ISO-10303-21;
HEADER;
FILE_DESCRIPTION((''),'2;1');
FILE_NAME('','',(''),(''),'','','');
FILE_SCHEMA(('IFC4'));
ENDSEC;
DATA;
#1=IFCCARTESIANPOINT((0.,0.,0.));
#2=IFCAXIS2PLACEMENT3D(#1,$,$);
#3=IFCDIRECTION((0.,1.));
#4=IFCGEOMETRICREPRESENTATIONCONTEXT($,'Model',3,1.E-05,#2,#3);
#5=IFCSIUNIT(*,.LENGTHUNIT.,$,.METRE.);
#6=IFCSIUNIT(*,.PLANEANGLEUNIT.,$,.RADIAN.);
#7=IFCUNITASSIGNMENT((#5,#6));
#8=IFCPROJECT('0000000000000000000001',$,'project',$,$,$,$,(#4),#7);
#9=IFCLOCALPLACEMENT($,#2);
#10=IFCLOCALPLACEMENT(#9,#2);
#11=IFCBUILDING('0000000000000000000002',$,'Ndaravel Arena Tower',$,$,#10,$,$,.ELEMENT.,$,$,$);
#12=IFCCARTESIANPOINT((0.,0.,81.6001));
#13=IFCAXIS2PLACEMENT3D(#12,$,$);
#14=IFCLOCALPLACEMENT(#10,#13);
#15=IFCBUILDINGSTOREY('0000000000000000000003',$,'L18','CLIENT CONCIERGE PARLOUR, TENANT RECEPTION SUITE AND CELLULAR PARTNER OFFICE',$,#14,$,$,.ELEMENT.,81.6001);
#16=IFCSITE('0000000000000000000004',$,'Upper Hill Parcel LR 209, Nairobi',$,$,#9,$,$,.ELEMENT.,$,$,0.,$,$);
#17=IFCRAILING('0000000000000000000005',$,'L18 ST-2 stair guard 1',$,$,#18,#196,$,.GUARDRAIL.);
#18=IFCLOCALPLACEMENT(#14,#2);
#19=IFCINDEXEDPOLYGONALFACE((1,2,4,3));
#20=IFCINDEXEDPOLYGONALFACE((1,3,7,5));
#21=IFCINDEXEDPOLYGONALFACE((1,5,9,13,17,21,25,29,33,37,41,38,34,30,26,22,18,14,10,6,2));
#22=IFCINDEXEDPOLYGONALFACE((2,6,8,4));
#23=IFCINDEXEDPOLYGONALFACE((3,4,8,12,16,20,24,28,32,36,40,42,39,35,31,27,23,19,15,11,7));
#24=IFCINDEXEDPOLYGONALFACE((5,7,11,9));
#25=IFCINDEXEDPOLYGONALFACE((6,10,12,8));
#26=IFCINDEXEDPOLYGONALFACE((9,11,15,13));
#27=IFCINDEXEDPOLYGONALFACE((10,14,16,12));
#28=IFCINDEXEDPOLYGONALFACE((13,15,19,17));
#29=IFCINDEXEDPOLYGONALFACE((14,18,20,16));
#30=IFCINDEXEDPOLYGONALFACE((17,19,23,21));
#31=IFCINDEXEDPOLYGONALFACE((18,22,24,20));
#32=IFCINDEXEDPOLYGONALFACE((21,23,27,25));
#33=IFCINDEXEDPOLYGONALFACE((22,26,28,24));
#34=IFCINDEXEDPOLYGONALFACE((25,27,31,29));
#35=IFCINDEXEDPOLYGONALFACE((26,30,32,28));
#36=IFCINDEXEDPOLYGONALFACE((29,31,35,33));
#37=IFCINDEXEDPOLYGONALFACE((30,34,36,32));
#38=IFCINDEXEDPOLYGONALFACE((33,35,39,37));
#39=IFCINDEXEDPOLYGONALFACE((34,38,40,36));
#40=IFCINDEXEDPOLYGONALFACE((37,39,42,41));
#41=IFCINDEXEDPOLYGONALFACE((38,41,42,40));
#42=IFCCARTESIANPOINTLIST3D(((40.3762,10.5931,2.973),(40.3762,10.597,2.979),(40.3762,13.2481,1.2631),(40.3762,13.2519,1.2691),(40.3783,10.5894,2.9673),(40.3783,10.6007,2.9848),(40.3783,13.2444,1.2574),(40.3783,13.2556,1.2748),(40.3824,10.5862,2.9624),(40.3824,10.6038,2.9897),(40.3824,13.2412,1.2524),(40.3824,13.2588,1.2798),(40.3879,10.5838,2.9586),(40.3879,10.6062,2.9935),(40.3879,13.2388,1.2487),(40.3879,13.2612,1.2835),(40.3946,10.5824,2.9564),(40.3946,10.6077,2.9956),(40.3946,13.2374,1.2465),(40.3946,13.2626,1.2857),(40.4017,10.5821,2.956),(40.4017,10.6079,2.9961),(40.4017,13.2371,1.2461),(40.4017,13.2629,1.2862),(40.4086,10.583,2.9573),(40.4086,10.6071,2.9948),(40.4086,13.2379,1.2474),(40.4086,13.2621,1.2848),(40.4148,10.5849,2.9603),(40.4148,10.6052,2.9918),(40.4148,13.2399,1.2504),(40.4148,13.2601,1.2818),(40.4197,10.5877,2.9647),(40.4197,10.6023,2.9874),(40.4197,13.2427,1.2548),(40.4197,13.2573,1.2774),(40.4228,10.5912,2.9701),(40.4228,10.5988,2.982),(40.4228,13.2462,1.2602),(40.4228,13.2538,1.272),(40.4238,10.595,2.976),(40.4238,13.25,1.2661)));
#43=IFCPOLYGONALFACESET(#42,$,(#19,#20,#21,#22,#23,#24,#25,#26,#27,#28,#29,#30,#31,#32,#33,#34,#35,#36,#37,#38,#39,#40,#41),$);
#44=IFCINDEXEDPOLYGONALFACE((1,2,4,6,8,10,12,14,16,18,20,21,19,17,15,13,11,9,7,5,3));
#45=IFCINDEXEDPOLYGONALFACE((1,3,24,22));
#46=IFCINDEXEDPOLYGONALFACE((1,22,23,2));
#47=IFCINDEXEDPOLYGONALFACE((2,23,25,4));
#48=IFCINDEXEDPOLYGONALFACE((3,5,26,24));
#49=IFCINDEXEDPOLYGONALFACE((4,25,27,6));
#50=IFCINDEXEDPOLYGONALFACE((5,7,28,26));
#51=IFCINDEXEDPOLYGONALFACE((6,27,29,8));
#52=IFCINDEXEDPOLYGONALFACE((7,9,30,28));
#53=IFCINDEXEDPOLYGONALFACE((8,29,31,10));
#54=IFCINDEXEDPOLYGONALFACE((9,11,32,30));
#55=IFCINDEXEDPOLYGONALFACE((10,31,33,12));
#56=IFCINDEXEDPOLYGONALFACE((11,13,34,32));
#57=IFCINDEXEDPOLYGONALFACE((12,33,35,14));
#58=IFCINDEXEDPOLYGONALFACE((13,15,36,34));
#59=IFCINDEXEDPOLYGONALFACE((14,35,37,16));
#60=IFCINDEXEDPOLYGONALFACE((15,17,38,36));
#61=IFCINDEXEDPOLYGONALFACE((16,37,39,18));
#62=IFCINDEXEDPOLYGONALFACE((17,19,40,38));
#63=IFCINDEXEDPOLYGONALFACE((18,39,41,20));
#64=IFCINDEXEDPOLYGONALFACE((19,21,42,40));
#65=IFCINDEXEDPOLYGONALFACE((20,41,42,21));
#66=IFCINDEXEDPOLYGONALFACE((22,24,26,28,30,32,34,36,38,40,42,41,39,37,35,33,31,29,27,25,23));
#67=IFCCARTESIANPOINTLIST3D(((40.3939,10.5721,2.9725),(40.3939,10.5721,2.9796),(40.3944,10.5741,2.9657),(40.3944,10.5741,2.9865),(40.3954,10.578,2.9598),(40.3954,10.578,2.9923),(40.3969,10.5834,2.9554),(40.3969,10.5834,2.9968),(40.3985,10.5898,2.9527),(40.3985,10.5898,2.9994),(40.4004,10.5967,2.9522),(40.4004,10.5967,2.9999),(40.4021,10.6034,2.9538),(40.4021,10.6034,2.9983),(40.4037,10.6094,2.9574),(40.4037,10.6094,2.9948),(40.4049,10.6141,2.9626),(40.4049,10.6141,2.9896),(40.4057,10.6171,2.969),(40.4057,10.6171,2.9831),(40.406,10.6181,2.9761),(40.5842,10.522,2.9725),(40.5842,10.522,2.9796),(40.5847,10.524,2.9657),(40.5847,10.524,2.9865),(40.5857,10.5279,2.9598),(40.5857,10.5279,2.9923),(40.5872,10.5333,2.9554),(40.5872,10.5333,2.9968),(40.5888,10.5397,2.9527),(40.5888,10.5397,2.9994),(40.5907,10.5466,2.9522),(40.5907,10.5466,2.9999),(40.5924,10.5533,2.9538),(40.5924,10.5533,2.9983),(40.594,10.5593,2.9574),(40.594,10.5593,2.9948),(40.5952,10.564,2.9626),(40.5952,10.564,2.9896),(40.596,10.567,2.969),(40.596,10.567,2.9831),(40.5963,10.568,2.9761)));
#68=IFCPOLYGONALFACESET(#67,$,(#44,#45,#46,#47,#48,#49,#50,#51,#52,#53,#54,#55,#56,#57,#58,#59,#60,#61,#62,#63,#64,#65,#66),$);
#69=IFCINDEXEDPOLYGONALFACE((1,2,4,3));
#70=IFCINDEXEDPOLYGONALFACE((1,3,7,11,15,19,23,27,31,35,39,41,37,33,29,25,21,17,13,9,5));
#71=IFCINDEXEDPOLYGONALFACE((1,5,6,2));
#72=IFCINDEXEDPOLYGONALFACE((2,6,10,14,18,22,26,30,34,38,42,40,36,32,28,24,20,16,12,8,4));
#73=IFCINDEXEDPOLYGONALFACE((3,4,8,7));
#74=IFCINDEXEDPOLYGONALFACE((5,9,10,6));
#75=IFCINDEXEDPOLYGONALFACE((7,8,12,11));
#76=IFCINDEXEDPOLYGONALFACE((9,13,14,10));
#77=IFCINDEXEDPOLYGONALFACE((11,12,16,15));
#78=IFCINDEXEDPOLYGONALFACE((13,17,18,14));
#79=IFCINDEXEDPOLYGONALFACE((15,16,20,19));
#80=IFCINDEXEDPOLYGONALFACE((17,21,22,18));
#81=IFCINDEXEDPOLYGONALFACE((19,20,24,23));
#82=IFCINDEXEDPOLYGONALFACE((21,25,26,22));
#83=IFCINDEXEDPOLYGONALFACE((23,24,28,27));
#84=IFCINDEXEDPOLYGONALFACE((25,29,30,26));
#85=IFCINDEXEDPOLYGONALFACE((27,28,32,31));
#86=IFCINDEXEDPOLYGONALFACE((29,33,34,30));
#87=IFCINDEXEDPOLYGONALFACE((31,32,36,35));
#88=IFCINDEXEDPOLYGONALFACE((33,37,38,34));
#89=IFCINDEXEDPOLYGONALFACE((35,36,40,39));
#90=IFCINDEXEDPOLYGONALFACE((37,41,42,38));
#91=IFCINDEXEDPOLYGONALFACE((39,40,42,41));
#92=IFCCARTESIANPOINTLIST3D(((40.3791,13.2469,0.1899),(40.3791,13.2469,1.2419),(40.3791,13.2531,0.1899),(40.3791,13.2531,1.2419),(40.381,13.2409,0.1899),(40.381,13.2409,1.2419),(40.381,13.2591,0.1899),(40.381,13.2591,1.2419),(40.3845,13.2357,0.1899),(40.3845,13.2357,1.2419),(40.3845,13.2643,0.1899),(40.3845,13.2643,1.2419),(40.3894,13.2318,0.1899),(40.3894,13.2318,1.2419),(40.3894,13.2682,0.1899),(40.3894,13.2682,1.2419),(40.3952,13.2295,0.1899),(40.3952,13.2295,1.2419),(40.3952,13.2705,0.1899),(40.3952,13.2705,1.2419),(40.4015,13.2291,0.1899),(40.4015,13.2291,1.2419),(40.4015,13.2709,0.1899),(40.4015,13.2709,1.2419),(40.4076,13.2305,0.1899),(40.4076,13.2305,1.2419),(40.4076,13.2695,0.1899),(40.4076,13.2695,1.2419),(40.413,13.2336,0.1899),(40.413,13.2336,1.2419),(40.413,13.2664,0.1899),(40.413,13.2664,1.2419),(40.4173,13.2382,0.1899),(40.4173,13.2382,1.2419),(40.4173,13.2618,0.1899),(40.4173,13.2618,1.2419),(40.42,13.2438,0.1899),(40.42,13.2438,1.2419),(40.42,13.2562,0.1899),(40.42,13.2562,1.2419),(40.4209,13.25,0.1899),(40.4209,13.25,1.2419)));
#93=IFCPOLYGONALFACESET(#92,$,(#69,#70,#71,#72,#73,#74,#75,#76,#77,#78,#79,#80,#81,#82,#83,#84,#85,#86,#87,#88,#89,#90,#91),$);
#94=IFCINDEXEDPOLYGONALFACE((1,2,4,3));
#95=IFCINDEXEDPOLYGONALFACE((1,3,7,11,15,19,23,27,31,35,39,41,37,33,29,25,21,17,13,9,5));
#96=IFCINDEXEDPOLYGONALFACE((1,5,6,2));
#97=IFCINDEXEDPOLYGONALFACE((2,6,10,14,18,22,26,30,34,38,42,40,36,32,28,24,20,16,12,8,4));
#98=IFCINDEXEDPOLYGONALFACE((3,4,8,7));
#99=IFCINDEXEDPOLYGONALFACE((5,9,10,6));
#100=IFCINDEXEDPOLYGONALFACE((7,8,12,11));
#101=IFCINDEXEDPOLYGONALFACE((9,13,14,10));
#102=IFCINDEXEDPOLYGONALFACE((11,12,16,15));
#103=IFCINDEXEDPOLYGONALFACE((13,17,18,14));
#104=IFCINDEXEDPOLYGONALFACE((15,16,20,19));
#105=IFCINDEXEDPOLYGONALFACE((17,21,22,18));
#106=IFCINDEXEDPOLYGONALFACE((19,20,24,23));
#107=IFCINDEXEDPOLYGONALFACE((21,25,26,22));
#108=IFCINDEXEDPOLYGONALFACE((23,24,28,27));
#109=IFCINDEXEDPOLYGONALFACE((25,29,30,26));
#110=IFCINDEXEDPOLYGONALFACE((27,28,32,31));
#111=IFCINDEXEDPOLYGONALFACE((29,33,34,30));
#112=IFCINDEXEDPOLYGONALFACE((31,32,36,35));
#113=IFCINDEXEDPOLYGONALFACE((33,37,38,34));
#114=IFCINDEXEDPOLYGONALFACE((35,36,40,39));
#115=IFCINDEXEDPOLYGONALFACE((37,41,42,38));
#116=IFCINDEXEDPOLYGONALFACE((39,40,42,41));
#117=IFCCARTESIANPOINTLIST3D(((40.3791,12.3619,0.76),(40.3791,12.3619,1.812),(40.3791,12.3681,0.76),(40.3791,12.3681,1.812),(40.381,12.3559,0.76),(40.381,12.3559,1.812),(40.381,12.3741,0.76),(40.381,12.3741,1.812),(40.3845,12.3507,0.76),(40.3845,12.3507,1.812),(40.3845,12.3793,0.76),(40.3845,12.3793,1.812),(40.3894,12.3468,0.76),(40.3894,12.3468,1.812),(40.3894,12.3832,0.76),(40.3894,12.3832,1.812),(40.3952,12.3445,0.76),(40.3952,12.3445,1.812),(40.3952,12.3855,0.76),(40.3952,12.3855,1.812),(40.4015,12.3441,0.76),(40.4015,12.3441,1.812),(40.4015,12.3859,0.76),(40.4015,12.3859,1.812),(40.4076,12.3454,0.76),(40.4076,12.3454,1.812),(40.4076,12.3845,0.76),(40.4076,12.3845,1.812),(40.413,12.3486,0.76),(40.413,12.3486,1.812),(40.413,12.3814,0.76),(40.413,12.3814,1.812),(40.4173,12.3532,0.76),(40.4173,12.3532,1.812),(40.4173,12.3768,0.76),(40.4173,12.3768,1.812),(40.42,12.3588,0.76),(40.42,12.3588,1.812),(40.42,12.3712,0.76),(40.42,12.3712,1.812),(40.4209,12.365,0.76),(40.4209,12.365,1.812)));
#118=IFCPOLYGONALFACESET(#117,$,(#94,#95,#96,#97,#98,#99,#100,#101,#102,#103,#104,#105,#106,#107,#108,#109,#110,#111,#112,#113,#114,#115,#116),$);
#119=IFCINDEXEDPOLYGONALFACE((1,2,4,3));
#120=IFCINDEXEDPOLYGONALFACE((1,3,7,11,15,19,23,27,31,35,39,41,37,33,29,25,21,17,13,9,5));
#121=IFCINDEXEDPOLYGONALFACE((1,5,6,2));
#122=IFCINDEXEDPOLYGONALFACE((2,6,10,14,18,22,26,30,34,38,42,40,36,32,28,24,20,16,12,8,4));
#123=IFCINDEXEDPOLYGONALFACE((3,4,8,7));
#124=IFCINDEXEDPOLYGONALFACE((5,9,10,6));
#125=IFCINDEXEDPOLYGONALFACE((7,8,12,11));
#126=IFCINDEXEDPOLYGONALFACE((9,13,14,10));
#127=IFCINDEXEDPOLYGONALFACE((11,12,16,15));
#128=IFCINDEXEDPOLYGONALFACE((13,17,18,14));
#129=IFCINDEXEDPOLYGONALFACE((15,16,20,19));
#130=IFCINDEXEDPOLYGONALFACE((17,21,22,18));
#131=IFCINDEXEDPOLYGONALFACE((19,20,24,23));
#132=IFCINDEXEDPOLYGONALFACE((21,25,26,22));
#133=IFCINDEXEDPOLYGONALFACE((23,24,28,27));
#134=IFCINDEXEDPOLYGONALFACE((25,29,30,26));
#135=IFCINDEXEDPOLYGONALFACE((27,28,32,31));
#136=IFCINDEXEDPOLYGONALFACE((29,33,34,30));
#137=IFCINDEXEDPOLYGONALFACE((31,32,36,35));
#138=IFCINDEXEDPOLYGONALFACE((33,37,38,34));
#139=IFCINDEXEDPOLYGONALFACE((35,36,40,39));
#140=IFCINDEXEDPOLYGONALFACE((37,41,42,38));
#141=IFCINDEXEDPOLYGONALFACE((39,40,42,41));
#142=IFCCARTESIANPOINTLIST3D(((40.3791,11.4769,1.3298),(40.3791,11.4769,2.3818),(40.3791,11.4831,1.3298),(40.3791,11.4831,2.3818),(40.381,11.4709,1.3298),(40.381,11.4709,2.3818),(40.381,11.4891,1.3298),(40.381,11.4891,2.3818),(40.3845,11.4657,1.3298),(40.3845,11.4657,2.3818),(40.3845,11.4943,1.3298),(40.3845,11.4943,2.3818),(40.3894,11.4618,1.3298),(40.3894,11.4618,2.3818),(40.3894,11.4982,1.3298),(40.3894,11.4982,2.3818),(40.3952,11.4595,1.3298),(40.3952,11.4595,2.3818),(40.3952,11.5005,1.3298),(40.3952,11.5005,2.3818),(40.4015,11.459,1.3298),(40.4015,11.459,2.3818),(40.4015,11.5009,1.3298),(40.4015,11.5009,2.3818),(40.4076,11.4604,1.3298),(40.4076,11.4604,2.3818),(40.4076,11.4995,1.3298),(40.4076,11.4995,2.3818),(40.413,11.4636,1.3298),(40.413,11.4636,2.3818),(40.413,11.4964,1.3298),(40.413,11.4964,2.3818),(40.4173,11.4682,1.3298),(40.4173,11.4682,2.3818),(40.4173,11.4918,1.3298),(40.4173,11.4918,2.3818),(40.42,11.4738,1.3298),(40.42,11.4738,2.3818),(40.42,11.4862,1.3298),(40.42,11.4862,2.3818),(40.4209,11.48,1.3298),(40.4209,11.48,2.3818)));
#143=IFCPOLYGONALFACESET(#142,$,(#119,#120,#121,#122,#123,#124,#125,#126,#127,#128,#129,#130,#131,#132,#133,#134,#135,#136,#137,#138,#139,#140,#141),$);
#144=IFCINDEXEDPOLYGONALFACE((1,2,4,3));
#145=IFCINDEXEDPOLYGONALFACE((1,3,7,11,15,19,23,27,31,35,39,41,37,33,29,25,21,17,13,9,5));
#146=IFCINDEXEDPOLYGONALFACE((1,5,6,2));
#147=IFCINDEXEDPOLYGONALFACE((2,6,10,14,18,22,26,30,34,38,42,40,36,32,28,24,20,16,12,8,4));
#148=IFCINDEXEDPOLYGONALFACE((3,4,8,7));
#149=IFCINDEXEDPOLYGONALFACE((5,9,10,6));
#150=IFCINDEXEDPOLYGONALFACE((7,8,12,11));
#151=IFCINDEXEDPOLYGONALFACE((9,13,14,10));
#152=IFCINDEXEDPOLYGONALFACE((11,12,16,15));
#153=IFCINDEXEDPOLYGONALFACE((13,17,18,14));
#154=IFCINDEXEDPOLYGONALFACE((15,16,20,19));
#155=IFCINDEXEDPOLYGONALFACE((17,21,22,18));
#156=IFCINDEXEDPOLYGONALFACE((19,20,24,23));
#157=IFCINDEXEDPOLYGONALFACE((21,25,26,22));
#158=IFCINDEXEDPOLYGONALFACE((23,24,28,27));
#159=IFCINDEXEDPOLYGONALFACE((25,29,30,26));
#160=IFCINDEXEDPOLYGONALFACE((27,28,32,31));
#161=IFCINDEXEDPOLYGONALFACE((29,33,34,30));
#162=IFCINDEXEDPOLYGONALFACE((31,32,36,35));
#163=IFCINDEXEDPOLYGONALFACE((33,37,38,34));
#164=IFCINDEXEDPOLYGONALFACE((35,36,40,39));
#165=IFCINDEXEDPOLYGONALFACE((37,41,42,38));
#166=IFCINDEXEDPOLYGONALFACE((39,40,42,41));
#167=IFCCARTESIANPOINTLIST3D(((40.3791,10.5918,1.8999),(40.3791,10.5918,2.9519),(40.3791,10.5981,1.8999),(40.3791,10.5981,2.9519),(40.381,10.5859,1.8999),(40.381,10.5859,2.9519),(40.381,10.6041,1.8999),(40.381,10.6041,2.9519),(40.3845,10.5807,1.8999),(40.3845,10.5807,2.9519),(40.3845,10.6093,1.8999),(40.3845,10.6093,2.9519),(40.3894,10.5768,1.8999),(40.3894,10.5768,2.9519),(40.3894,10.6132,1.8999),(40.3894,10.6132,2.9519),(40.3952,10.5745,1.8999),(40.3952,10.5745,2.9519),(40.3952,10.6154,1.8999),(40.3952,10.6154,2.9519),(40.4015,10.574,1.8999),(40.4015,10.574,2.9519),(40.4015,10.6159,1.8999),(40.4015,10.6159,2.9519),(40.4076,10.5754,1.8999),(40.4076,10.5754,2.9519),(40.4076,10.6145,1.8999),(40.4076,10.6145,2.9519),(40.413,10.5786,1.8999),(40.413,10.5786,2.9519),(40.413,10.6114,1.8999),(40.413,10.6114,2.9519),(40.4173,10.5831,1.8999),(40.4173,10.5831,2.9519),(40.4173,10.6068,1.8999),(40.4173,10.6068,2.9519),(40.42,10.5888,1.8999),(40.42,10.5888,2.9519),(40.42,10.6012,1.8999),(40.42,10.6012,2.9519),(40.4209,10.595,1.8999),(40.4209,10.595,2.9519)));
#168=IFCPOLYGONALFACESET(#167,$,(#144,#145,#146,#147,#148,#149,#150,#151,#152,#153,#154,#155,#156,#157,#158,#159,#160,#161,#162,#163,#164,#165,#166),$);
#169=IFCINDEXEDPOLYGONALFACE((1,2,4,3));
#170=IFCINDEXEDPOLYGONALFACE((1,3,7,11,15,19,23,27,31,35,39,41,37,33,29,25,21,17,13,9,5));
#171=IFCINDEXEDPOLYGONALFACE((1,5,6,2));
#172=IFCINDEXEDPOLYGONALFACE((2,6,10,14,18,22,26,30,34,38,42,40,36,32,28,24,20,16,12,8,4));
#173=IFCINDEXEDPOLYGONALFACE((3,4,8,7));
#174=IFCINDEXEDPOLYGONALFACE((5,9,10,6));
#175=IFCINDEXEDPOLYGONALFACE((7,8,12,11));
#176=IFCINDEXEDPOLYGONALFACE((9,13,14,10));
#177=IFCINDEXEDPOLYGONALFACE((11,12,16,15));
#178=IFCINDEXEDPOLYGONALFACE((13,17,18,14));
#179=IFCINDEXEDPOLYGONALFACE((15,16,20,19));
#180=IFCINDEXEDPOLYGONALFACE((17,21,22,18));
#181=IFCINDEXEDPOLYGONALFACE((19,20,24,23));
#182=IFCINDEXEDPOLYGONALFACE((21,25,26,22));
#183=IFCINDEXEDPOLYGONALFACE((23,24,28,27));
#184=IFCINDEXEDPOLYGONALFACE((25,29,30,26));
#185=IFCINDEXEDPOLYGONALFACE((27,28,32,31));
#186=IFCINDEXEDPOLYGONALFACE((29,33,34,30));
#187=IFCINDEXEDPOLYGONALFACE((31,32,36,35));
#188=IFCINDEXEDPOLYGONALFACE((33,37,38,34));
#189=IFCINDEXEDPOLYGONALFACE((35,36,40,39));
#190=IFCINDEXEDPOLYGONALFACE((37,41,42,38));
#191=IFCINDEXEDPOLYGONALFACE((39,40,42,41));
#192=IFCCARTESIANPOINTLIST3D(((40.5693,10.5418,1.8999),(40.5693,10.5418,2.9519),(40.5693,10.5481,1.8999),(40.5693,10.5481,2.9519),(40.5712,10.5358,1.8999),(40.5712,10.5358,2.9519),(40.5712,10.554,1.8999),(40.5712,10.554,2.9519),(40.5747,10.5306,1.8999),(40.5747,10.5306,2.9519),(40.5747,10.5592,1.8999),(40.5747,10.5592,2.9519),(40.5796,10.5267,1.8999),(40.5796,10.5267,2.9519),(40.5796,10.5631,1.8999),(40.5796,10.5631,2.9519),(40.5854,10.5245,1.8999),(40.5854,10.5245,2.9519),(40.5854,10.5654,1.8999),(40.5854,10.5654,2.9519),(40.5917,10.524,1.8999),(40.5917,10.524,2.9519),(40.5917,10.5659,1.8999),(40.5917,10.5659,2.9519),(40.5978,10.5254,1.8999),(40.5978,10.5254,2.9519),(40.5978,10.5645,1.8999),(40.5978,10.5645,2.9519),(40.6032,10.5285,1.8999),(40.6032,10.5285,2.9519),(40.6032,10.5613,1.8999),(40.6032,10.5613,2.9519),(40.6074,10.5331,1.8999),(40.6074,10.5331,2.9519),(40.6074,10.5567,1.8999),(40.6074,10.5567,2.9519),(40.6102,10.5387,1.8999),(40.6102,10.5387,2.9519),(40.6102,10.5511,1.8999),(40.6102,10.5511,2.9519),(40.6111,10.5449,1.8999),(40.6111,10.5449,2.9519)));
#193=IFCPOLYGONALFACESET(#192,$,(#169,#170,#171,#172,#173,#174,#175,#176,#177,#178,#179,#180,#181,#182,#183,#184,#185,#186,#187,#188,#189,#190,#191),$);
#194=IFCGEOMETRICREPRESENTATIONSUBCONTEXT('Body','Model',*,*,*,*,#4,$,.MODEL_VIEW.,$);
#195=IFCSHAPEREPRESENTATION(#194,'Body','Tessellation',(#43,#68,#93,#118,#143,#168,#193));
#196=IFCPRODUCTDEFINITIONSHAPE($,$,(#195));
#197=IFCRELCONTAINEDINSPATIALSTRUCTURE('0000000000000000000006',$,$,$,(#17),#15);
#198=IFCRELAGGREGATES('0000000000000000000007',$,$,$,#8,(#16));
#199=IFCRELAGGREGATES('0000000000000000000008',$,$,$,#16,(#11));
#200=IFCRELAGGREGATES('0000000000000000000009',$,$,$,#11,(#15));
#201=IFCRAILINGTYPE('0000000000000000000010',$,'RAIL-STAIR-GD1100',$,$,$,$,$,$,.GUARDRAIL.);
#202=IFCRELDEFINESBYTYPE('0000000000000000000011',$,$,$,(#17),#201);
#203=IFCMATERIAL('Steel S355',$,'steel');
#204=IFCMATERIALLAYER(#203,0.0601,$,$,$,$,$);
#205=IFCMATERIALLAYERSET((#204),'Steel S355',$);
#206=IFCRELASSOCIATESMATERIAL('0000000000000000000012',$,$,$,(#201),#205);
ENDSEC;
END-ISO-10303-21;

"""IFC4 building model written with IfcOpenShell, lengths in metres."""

from ifc_helpers import new_model, si_unit, direction, frame, origin, origin_2d, place, context, subcontext, project, spatial, circle, extrude, material, layer, layer_set, type_object, element, save


model = new_model("IFC4")

# Units and contexts
model_context = context("Model", 3, precision=1e-05, world=origin(), true_north=direction((0.0, 1.0)))
body_context = subcontext(model_context, "Body", "Model", "MODEL_VIEW")
ifc_project = project(units=[si_unit("LENGTHUNIT", "METRE"), si_unit("PLANEANGLEUNIT", "RADIAN")], contexts=[model_context])

# Site, building, storey
site_placement = place(None, origin())
site = spatial("IfcSite", under=ifc_project, at=site_placement, Name="Upper Hill Parcel LR 209, Nairobi", CompositionType="ELEMENT", RefElevation=0.0)
building_placement = place(site_placement, origin())
building = spatial("IfcBuilding", under=site, at=building_placement, Name="Ndaravel Arena Tower", CompositionType="ELEMENT")
storey_placement = place(building_placement, frame((0.0, 0.0, 81.6001)))
storey = spatial("IfcBuildingStorey", under=building, at=storey_placement, Name="L18", Description="CLIENT CONCIERGE PARLOUR, TENANT RECEPTION SUITE AND CELLULAR PARTNER OFFICE", CompositionType="ELEMENT", Elevation=81.6001)

# Railing
ifc_material_1 = material(Name="Steel S355", Category="steel")
ifc_layer_1 = layer(ifc_material_1, 0.0601)
ifc_layer_set_1 = layer_set([ifc_layer_1], Name="Steel S355")
railing_type_1 = type_object("IfcRailingType", Name="RAIL-STAIR-GD1100", PredefinedType="GUARDRAIL", material=ifc_layer_set_1)
railing_1_placement = place(storey_placement, frame((40.3999, 13.25, 0.1899)))
element("IfcRailing", 1, at=railing_1_placement, inside=storey, type_object=railing_type_1, Name="L18 ST-2 stair guard 1", PredefinedType="GUARDRAIL", context=body_context, shape_type="SweptSolid", body=[
    extrude(circle(Radius=0.0239, at=origin_2d()), frame((0.0, 0.0, 1.0762), z_axis=(0.0, -0.840724, 0.541465), x_axis=(1.0, 0.0, 0.0)), (0.0, 0.0, 1.0), 3.158),
    extrude(circle(Radius=0.0239, at=origin_2d()), frame((0.0, -2.655, 2.7861), z_axis=(0.967075, -0.254493, 0.0), x_axis=(0.254493, 0.967075, 0.0)), (0.0, 0.0, 1.0), 0.1968),
    extrude(circle(Radius=0.021, at=origin_2d()), origin(), (0.0, 0.0, 1.0), 1.052),
    extrude(circle(Radius=0.021, at=origin_2d()), frame((0.0, -0.885, 0.5701)), (0.0, 0.0, 1.0), 1.052),
    extrude(circle(Radius=0.021, at=origin_2d()), frame((0.0, -1.77, 1.1399)), (0.0, 0.0, 1.0), 1.052),
    extrude(circle(Radius=0.021, at=origin_2d()), frame((0.0, -2.655, 1.71)), (0.0, 0.0, 1.0), 1.052),
    extrude(circle(Radius=0.021, at=origin_2d()), frame((0.1902, -2.7051, 1.71)), (0.0, 0.0, 1.0), 1.052),
])

save(model, "model.ifc")
